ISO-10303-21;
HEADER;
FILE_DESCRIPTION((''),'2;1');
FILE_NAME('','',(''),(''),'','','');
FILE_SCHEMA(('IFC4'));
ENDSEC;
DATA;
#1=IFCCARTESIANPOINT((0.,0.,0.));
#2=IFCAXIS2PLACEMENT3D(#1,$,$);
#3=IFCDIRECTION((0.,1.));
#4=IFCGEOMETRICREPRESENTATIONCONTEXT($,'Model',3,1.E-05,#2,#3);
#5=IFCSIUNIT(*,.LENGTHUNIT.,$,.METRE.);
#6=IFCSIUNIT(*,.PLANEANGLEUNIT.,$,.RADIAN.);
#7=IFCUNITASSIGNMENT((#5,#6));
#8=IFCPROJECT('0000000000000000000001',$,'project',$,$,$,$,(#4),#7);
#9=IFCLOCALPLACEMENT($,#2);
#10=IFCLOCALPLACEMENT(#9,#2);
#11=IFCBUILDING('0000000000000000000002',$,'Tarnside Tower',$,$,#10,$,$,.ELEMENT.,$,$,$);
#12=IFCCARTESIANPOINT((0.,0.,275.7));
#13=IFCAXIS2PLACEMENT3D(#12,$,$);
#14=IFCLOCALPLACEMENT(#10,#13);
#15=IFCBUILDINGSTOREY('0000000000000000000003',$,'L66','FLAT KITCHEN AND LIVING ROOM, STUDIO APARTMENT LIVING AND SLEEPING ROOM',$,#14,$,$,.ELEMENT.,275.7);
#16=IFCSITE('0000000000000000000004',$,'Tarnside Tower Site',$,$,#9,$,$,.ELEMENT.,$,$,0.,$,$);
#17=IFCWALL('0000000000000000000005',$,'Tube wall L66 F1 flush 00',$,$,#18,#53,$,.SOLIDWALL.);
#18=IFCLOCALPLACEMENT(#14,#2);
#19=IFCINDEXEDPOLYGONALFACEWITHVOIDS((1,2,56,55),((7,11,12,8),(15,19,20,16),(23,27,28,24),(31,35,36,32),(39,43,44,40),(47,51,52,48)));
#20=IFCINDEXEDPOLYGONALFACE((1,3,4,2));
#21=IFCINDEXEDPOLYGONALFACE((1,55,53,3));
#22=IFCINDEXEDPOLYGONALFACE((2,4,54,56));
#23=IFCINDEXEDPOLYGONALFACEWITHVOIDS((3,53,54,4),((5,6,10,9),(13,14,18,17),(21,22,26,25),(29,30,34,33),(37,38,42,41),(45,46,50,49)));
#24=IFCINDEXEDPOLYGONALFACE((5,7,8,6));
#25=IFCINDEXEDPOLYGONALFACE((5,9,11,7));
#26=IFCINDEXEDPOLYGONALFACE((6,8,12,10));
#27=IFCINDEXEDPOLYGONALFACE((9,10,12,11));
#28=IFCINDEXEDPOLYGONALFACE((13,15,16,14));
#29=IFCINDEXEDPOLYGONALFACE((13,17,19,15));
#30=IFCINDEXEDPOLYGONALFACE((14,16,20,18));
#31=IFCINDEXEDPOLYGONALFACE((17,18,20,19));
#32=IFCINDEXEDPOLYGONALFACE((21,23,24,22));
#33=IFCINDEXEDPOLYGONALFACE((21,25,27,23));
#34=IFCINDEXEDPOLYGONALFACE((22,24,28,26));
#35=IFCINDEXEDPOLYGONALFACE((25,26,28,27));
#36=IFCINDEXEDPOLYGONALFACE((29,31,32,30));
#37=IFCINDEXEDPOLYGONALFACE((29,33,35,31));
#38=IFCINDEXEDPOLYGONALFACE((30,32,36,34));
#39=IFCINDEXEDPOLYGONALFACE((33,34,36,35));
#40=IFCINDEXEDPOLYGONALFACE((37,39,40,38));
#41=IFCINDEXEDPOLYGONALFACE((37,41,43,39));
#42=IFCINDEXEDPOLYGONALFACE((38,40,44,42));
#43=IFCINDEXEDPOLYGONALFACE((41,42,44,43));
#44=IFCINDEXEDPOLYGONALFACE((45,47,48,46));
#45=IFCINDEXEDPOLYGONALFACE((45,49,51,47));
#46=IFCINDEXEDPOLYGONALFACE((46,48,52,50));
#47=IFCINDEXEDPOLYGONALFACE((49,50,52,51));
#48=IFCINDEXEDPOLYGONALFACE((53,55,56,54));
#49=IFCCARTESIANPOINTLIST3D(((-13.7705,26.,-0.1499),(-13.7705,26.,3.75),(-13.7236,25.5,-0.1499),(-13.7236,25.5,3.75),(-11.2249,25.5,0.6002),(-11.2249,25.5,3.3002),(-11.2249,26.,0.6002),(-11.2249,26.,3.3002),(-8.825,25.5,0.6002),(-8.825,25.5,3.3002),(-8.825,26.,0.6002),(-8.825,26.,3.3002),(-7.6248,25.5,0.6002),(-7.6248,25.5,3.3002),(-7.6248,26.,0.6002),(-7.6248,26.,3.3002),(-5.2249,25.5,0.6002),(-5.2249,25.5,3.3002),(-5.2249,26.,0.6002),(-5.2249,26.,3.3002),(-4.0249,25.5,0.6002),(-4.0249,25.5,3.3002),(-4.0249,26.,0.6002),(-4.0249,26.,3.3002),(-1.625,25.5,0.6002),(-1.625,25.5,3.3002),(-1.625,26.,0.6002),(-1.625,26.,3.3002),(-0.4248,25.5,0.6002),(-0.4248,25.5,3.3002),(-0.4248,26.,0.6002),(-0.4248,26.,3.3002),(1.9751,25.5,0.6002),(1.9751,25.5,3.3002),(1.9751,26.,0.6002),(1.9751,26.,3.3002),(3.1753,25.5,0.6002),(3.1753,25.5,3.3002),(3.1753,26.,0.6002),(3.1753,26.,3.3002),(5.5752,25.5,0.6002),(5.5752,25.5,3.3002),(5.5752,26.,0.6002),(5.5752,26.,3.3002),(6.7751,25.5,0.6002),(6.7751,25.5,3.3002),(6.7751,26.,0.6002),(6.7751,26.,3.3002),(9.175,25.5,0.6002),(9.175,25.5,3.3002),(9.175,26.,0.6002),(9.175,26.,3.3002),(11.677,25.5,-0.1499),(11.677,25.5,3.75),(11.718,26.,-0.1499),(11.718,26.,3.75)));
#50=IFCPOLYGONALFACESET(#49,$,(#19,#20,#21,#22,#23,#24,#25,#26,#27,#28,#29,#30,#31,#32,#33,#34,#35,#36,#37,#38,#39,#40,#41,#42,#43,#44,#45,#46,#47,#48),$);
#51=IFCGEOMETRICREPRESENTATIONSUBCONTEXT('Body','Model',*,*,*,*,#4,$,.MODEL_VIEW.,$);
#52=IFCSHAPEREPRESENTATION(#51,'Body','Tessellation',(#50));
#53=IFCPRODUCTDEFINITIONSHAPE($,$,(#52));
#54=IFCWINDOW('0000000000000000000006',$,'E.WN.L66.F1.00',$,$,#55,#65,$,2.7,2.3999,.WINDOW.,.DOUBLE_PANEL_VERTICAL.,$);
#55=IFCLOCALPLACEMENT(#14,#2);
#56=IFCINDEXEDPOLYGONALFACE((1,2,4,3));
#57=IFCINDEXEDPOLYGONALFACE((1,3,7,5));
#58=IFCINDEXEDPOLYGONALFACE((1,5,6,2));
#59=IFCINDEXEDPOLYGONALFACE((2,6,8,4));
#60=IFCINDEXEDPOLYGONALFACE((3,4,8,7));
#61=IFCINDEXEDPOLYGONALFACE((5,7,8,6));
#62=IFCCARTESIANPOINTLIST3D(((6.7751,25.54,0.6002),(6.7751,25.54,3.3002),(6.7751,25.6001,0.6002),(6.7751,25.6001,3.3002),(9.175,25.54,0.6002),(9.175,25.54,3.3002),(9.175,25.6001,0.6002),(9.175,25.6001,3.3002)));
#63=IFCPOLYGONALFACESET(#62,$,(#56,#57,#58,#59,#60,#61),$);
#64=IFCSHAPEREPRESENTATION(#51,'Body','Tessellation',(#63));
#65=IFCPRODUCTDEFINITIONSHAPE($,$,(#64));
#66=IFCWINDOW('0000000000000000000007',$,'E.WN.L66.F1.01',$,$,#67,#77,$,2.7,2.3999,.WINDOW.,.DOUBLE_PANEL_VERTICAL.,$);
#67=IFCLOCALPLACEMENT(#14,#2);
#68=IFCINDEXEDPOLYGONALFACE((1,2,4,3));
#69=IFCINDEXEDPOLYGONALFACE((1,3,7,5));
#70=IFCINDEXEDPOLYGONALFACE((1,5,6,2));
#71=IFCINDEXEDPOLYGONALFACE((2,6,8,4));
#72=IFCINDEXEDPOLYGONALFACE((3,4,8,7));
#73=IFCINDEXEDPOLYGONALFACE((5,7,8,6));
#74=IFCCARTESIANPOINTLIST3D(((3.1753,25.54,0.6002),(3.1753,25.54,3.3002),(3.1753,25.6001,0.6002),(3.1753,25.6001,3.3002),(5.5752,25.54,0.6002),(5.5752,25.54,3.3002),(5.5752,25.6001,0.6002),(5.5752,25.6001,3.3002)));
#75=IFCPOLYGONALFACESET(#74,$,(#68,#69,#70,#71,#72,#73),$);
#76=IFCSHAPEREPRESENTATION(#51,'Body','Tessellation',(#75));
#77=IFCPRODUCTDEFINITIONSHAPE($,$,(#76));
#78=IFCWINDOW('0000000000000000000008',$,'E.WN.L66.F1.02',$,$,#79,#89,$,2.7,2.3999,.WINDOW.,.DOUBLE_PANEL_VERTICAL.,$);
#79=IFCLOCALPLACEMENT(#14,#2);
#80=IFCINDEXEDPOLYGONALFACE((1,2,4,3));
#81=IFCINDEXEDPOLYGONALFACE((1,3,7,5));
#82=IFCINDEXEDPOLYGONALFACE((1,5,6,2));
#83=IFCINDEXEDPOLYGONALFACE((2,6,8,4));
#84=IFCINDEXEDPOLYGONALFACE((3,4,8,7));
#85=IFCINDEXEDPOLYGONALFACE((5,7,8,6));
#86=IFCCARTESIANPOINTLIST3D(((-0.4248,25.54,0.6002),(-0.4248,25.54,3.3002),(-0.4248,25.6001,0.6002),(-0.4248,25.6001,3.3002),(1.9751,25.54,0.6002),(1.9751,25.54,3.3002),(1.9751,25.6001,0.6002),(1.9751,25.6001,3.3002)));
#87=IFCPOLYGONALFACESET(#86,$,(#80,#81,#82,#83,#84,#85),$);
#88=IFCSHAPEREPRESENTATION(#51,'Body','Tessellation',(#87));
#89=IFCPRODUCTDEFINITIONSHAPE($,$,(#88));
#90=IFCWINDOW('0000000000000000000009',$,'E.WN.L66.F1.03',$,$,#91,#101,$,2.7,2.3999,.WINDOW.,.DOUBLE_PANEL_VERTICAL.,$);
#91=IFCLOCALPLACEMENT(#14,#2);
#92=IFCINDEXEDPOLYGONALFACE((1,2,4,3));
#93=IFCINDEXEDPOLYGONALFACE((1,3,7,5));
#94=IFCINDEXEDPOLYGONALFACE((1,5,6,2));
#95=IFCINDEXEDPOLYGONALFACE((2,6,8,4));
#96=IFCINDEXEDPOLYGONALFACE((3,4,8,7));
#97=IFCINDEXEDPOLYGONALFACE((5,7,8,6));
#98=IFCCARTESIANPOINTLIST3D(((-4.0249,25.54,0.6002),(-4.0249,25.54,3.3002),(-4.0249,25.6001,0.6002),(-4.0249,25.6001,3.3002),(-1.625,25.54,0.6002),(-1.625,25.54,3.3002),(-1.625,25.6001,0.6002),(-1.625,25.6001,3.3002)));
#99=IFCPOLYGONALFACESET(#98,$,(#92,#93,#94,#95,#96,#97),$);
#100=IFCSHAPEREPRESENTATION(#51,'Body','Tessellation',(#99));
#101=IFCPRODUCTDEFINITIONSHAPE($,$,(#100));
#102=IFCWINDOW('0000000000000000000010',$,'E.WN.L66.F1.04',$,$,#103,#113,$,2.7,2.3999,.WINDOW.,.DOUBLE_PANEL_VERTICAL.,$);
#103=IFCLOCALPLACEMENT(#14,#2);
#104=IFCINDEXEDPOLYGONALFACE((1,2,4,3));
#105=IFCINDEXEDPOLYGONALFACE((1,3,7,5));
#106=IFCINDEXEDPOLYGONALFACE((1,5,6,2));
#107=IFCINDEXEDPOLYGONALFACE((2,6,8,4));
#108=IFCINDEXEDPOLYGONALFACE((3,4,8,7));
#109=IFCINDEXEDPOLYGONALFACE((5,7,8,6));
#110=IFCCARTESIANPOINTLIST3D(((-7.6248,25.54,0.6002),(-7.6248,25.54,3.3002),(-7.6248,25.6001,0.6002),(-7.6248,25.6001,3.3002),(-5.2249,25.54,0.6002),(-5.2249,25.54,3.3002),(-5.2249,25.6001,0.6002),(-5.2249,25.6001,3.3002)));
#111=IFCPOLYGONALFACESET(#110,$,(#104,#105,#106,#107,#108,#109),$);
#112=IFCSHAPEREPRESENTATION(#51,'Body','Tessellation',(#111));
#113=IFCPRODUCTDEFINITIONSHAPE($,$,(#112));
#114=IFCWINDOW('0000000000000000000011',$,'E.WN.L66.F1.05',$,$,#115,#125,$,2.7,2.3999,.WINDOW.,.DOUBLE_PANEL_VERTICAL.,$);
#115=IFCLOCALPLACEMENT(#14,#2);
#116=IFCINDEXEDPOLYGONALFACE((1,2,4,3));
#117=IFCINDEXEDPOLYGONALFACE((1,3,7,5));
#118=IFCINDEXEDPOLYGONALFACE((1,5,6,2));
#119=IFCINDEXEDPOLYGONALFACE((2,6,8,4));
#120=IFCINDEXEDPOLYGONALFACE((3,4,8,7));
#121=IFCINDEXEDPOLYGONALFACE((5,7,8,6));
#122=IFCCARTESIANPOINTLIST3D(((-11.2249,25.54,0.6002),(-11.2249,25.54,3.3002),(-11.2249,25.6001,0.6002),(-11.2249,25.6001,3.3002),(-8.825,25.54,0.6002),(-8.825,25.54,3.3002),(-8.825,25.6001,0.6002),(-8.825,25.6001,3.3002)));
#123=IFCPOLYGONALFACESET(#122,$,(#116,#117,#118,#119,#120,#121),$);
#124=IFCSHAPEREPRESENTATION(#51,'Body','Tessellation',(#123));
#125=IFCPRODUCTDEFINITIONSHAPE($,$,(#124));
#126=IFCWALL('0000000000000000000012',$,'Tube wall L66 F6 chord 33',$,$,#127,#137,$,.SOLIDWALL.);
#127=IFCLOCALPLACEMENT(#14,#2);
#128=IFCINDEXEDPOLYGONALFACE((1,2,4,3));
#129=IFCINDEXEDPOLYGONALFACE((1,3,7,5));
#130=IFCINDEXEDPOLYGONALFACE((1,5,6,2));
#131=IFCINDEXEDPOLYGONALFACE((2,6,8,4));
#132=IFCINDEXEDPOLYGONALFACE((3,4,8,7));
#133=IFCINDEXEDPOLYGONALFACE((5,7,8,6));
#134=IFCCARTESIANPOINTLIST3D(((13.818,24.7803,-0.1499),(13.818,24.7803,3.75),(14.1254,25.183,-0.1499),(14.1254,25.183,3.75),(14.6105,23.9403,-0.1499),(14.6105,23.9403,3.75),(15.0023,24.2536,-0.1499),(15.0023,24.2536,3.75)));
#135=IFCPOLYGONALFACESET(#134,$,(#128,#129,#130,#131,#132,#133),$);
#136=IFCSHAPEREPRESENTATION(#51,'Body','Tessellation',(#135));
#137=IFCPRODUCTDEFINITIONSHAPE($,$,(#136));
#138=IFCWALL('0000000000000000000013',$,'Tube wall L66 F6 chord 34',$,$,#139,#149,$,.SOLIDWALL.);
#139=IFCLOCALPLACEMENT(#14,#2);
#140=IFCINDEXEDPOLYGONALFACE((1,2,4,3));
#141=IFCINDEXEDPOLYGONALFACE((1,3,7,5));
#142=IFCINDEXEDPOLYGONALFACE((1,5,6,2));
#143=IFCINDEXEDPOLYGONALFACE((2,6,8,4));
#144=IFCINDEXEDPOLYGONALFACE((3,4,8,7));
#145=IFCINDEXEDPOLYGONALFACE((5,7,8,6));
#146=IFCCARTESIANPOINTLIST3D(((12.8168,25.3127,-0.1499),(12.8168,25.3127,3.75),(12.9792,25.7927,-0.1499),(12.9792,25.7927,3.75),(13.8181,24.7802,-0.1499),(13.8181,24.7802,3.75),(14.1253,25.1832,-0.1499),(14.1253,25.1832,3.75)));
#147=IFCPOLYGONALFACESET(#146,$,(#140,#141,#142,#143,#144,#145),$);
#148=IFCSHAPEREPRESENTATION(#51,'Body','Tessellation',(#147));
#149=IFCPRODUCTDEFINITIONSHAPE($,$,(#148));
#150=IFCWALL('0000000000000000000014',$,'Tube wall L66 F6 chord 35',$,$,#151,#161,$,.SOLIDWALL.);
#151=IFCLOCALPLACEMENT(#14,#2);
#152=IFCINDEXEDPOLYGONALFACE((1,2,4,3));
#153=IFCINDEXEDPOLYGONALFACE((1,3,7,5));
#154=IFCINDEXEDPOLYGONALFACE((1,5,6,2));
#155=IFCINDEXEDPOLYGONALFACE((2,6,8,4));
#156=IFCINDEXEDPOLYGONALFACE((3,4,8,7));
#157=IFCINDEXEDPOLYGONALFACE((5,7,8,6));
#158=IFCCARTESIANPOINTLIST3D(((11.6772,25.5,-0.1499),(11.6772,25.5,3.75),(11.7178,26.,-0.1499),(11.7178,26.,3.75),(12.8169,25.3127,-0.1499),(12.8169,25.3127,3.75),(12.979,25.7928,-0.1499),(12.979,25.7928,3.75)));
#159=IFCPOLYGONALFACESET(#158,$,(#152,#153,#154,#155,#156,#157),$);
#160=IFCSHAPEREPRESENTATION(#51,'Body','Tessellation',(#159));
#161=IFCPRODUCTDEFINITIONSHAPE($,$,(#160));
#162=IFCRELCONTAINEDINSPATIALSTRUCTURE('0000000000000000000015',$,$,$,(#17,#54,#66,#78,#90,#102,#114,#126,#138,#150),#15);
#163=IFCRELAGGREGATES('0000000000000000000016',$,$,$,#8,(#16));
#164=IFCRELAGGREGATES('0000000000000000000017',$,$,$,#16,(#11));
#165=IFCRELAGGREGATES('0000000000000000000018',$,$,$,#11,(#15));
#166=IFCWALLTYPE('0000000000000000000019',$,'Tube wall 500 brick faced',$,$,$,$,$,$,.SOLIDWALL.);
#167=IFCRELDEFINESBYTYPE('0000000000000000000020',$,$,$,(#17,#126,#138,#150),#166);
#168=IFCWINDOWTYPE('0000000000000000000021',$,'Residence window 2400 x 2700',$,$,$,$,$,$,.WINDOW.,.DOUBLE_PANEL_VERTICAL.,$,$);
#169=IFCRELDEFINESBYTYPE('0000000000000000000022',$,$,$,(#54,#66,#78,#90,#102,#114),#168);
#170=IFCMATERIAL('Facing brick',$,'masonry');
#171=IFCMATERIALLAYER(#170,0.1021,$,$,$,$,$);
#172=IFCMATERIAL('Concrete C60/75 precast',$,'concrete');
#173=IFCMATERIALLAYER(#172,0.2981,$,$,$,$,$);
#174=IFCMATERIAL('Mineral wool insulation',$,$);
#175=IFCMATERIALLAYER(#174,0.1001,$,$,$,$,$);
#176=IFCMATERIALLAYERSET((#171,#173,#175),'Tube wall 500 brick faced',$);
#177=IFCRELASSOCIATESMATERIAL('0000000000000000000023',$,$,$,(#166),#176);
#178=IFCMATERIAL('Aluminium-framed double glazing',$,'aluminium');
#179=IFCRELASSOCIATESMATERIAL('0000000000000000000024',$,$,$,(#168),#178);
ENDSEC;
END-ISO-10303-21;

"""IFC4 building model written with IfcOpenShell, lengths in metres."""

from ifc_helpers import new_model, si_unit, direction, frame, frame_2d, origin, place, context, subcontext, project, spatial, polyline, rectangle, outline, extrude, material, layer, layer_set, type_object, element, fill, save


model = new_model("IFC4")

# Units and contexts
model_context = context("Model", 3, precision=1e-05, world=origin(), true_north=direction((0.0, 1.0)))
body_context = subcontext(model_context, "Body", "Model", "MODEL_VIEW")
ifc_project = project(units=[si_unit("LENGTHUNIT", "METRE"), si_unit("PLANEANGLEUNIT", "RADIAN")], contexts=[model_context])

# Site, building, storey
site_placement = place(None, origin())
site = spatial("IfcSite", under=ifc_project, at=site_placement, Name="Tarnside Tower Site", CompositionType="ELEMENT", RefElevation=0.0)
building_placement = place(site_placement, origin())
building = spatial("IfcBuilding", under=site, at=building_placement, Name="Tarnside Tower", CompositionType="ELEMENT")
storey_placement = place(building_placement, frame((0.0, 0.0, 275.7)))
storey = spatial("IfcBuildingStorey", under=building, at=storey_placement, Name="L66", Description="FLAT KITCHEN AND LIVING ROOM, STUDIO APARTMENT LIVING AND SLEEPING ROOM", CompositionType="ELEMENT", Elevation=275.7)

# Shared definitions
ifc_material_1 = material(Name="Concrete C60/75 precast", Category="concrete")
ifc_material_2 = material(Name="Mineral wool insulation")

# Wall, openings, windows
ifc_material_3 = material(Name="Facing brick", Category="masonry")
ifc_layer_1 = layer(ifc_material_3, 0.1021)
ifc_layer_2 = layer(ifc_material_1, 0.2981)
ifc_layer_3 = layer(ifc_material_2, 0.1001)
ifc_layer_set_1 = layer_set([ifc_layer_1, ifc_layer_2, ifc_layer_3], Name="Tube wall 500 brick faced")
wall_type_1 = type_object("IfcWallType", Name="Tube wall 500 brick faced", PredefinedType="SOLIDWALL", material=ifc_layer_set_1)
wall_1_placement = place(storey_placement, frame((11.6975, 25.75, -0.1499), z_axis=(0.0, 0.0, 1.0), x_axis=(-1.0, 0.0, 0.0)))
wall_1 = element("IfcWall", 1, at=wall_1_placement, inside=storey, type_object=wall_type_1, Name="Tube wall L66 F1 flush 00", PredefinedType="SOLIDWALL", context=body_context, shape_type="SweptSolid", body=[
    extrude(outline(polyline([(-0.0205, -0.25), (25.468, -0.25), (25.4211, 0.25), (0.0205, 0.25), (-0.0205, -0.25)])), origin(), (0.0, 0.0, 1.0), 3.8999),
])
opening_1_placement = place(wall_1_placement, frame((2.5225, 0.0, 0.75)))
opening_1 = element("IfcOpeningElement", 2, at=opening_1_placement, cuts=wall_1, PredefinedType="OPENING", context=body_context, shape_type="SweptSolid", body=[
    extrude(rectangle(XDim=2.3999, YDim=2.7, at=frame_2d((1.2, 1.3501))), frame((0.0, 0.26, 0.0), z_axis=(0.0, -1.0, 0.0), x_axis=(1.0, 0.0, 0.0)), (0.0, 0.0, 1.0), 0.52),
])
opening_2_placement = place(wall_1_placement, frame((6.1223, 0.0, 0.75)))
opening_2 = element("IfcOpeningElement", 3, at=opening_2_placement, cuts=wall_1, PredefinedType="OPENING", context=body_context, shape_type="SweptSolid", body=[
    extrude(rectangle(XDim=2.3999, YDim=2.7, at=frame_2d((1.2, 1.3501))), frame((0.0, 0.26, 0.0), z_axis=(0.0, -1.0, 0.0), x_axis=(1.0, 0.0, 0.0)), (0.0, 0.0, 1.0), 0.52),
])
opening_3_placement = place(wall_1_placement, frame((9.7224, 0.0, 0.75)))
opening_3 = element("IfcOpeningElement", 4, at=opening_3_placement, cuts=wall_1, PredefinedType="OPENING", context=body_context, shape_type="SweptSolid", body=[
    extrude(rectangle(XDim=2.3999, YDim=2.7, at=frame_2d((1.2, 1.3501))), frame((0.0, 0.26, 0.0), z_axis=(0.0, -1.0, 0.0), x_axis=(1.0, 0.0, 0.0)), (0.0, 0.0, 1.0), 0.52),
])
opening_4_placement = place(wall_1_placement, frame((13.3225, 0.0, 0.75)))
opening_4 = element("IfcOpeningElement", 5, at=opening_4_placement, cuts=wall_1, PredefinedType="OPENING", context=body_context, shape_type="SweptSolid", body=[
    extrude(rectangle(XDim=2.3999, YDim=2.7, at=frame_2d((1.2, 1.3501))), frame((0.0, 0.26, 0.0), z_axis=(0.0, -1.0, 0.0), x_axis=(1.0, 0.0, 0.0)), (0.0, 0.0, 1.0), 0.52),
])
opening_5_placement = place(wall_1_placement, frame((16.9224, 0.0, 0.75)))
opening_5 = element("IfcOpeningElement", 6, at=opening_5_placement, cuts=wall_1, PredefinedType="OPENING", context=body_context, shape_type="SweptSolid", body=[
    extrude(rectangle(XDim=2.3999, YDim=2.7, at=frame_2d((1.2, 1.3501))), frame((0.0, 0.26, 0.0), z_axis=(0.0, -1.0, 0.0), x_axis=(1.0, 0.0, 0.0)), (0.0, 0.0, 1.0), 0.52),
])
opening_6_placement = place(wall_1_placement, frame((20.5225, 0.0, 0.75)))
opening_6 = element("IfcOpeningElement", 7, at=opening_6_placement, cuts=wall_1, PredefinedType="OPENING", context=body_context, shape_type="SweptSolid", body=[
    extrude(rectangle(XDim=2.3999, YDim=2.7, at=frame_2d((1.2, 1.3501))), frame((0.0, 0.26, 0.0), z_axis=(0.0, -1.0, 0.0), x_axis=(1.0, 0.0, 0.0)), (0.0, 0.0, 1.0), 0.52),
])
ifc_material_4 = material(Name="Aluminium-framed double glazing", Category="aluminium")
window_type = type_object("IfcWindowType", Name="Residence window 2400 x 2700", PartitioningType="DOUBLE_PANEL_VERTICAL", PredefinedType="WINDOW", material=ifc_material_4)
window_1_placement = place(opening_1_placement, frame((0.0, 0.1799, 0.0)))
window_1 = element("IfcWindow", 8, at=window_1_placement, inside=storey, type_object=window_type, Name="E.WN.L66.F1.00", OverallHeight=2.7, OverallWidth=2.3999, PartitioningType="DOUBLE_PANEL_VERTICAL", PredefinedType="WINDOW", context=body_context, shape_type="SweptSolid", body=[
    extrude(rectangle(XDim=2.3999, YDim=2.7, at=frame_2d((1.2, 1.3501))), frame((0.0, 0.03, 0.0), z_axis=(0.0, -1.0, 0.0), x_axis=(1.0, 0.0, 0.0)), (0.0, 0.0, 1.0), 0.0601),
])
fill(opening_1, window_1)
window_2_placement = place(opening_2_placement, frame((0.0, 0.1799, 0.0)))
window_2 = element("IfcWindow", 9, at=window_2_placement, inside=storey, type_object=window_type, Name="E.WN.L66.F1.01", OverallHeight=2.7, OverallWidth=2.3999, PartitioningType="DOUBLE_PANEL_VERTICAL", PredefinedType="WINDOW", context=body_context, shape_type="SweptSolid", body=[
    extrude(rectangle(XDim=2.3999, YDim=2.7, at=frame_2d((1.2, 1.3501))), frame((0.0, 0.03, 0.0), z_axis=(0.0, -1.0, 0.0), x_axis=(1.0, 0.0, 0.0)), (0.0, 0.0, 1.0), 0.0601),
])
fill(opening_2, window_2)
window_3_placement = place(opening_3_placement, frame((0.0, 0.1799, 0.0)))
window_3 = element("IfcWindow", 10, at=window_3_placement, inside=storey, type_object=window_type, Name="E.WN.L66.F1.02", OverallHeight=2.7, OverallWidth=2.3999, PartitioningType="DOUBLE_PANEL_VERTICAL", PredefinedType="WINDOW", context=body_context, shape_type="SweptSolid", body=[
    extrude(rectangle(XDim=2.3999, YDim=2.7, at=frame_2d((1.2, 1.3501))), frame((0.0, 0.03, 0.0), z_axis=(0.0, -1.0, 0.0), x_axis=(1.0, 0.0, 0.0)), (0.0, 0.0, 1.0), 0.0601),
])
fill(opening_3, window_3)
window_4_placement = place(opening_4_placement, frame((0.0, 0.1799, 0.0)))
window_4 = element("IfcWindow", 11, at=window_4_placement, inside=storey, type_object=window_type, Name="E.WN.L66.F1.03", OverallHeight=2.7, OverallWidth=2.3999, PartitioningType="DOUBLE_PANEL_VERTICAL", PredefinedType="WINDOW", context=body_context, shape_type="SweptSolid", body=[
    extrude(rectangle(XDim=2.3999, YDim=2.7, at=frame_2d((1.2, 1.3501))), frame((0.0, 0.03, 0.0), z_axis=(0.0, -1.0, 0.0), x_axis=(1.0, 0.0, 0.0)), (0.0, 0.0, 1.0), 0.0601),
])
fill(opening_4, window_4)
window_5_placement = place(opening_5_placement, frame((0.0, 0.1799, 0.0)))
window_5 = element("IfcWindow", 12, at=window_5_placement, inside=storey, type_object=window_type, Name="E.WN.L66.F1.04", OverallHeight=2.7, OverallWidth=2.3999, PartitioningType="DOUBLE_PANEL_VERTICAL", PredefinedType="WINDOW", context=body_context, shape_type="SweptSolid", body=[
    extrude(rectangle(XDim=2.3999, YDim=2.7, at=frame_2d((1.2, 1.3501))), frame((0.0, 0.03, 0.0), z_axis=(0.0, -1.0, 0.0), x_axis=(1.0, 0.0, 0.0)), (0.0, 0.0, 1.0), 0.0601),
])
fill(opening_5, window_5)
window_6_placement = place(opening_6_placement, frame((0.0, 0.1799, 0.0)))
window_6 = element("IfcWindow", 13, at=window_6_placement, inside=storey, type_object=window_type, Name="E.WN.L66.F1.05", OverallHeight=2.7, OverallWidth=2.3999, PartitioningType="DOUBLE_PANEL_VERTICAL", PredefinedType="WINDOW", context=body_context, shape_type="SweptSolid", body=[
    extrude(rectangle(XDim=2.3999, YDim=2.7, at=frame_2d((1.2, 1.3501))), frame((0.0, 0.03, 0.0), z_axis=(0.0, -1.0, 0.0), x_axis=(1.0, 0.0, 0.0)), (0.0, 0.0, 1.0), 0.0601),
])
fill(opening_6, window_6)

# Walls
wall_2_placement = place(storey_placement, frame((14.8064, 24.0969, -0.1499), z_axis=(0.0, 0.0, 1.0), x_axis=(-0.686234, 0.72738, 0.0)))
element("IfcWall", 14, at=wall_2_placement, inside=storey, type_object=wall_type_1, Name="Tube wall L66 F6 chord 33", PredefinedType="SOLIDWALL", context=body_context, shape_type="SweptSolid", body=[
    extrude(outline(polyline([(-0.0205, -0.25), (1.2573, -0.25), (1.1753, 0.25), (0.0205, 0.25), (-0.0205, -0.25)])), origin(), (0.0, 0.0, 1.0), 3.8999),
])
wall_3_placement = place(storey_placement, frame((13.9717, 24.9817, -0.1499), z_axis=(0.0, 0.0, 1.0), x_axis=(-0.882902, 0.469556, 0.0)))
element("IfcWall", 15, at=wall_3_placement, inside=storey, type_object=wall_type_1, Name="Tube wall L66 F6 chord 34", PredefinedType="SOLIDWALL", context=body_context, shape_type="SweptSolid", body=[
    extrude(outline(polyline([(-0.041, -0.25), (1.2571, -0.25), (1.175, 0.25), (0.041, 0.25), (-0.041, -0.25)])), origin(), (0.0, 0.0, 1.0), 3.8999),
])
wall_4_placement = place(storey_placement, frame((12.8979, 25.5527, -0.1499), z_axis=(0.0, 0.0, 1.0), x_axis=(-0.986766, 0.162153, 0.0)))
element("IfcWall", 16, at=wall_4_placement, inside=storey, type_object=wall_type_1, Name="Tube wall L66 F6 chord 35", PredefinedType="SOLIDWALL", context=body_context, shape_type="SweptSolid", body=[
    extrude(outline(polyline([(-0.041, -0.25), (1.2371, -0.25), (1.196, 0.25), (0.041, 0.25), (-0.041, -0.25)])), origin(), (0.0, 0.0, 1.0), 3.8999),
])

save(model, "model.ifc")
